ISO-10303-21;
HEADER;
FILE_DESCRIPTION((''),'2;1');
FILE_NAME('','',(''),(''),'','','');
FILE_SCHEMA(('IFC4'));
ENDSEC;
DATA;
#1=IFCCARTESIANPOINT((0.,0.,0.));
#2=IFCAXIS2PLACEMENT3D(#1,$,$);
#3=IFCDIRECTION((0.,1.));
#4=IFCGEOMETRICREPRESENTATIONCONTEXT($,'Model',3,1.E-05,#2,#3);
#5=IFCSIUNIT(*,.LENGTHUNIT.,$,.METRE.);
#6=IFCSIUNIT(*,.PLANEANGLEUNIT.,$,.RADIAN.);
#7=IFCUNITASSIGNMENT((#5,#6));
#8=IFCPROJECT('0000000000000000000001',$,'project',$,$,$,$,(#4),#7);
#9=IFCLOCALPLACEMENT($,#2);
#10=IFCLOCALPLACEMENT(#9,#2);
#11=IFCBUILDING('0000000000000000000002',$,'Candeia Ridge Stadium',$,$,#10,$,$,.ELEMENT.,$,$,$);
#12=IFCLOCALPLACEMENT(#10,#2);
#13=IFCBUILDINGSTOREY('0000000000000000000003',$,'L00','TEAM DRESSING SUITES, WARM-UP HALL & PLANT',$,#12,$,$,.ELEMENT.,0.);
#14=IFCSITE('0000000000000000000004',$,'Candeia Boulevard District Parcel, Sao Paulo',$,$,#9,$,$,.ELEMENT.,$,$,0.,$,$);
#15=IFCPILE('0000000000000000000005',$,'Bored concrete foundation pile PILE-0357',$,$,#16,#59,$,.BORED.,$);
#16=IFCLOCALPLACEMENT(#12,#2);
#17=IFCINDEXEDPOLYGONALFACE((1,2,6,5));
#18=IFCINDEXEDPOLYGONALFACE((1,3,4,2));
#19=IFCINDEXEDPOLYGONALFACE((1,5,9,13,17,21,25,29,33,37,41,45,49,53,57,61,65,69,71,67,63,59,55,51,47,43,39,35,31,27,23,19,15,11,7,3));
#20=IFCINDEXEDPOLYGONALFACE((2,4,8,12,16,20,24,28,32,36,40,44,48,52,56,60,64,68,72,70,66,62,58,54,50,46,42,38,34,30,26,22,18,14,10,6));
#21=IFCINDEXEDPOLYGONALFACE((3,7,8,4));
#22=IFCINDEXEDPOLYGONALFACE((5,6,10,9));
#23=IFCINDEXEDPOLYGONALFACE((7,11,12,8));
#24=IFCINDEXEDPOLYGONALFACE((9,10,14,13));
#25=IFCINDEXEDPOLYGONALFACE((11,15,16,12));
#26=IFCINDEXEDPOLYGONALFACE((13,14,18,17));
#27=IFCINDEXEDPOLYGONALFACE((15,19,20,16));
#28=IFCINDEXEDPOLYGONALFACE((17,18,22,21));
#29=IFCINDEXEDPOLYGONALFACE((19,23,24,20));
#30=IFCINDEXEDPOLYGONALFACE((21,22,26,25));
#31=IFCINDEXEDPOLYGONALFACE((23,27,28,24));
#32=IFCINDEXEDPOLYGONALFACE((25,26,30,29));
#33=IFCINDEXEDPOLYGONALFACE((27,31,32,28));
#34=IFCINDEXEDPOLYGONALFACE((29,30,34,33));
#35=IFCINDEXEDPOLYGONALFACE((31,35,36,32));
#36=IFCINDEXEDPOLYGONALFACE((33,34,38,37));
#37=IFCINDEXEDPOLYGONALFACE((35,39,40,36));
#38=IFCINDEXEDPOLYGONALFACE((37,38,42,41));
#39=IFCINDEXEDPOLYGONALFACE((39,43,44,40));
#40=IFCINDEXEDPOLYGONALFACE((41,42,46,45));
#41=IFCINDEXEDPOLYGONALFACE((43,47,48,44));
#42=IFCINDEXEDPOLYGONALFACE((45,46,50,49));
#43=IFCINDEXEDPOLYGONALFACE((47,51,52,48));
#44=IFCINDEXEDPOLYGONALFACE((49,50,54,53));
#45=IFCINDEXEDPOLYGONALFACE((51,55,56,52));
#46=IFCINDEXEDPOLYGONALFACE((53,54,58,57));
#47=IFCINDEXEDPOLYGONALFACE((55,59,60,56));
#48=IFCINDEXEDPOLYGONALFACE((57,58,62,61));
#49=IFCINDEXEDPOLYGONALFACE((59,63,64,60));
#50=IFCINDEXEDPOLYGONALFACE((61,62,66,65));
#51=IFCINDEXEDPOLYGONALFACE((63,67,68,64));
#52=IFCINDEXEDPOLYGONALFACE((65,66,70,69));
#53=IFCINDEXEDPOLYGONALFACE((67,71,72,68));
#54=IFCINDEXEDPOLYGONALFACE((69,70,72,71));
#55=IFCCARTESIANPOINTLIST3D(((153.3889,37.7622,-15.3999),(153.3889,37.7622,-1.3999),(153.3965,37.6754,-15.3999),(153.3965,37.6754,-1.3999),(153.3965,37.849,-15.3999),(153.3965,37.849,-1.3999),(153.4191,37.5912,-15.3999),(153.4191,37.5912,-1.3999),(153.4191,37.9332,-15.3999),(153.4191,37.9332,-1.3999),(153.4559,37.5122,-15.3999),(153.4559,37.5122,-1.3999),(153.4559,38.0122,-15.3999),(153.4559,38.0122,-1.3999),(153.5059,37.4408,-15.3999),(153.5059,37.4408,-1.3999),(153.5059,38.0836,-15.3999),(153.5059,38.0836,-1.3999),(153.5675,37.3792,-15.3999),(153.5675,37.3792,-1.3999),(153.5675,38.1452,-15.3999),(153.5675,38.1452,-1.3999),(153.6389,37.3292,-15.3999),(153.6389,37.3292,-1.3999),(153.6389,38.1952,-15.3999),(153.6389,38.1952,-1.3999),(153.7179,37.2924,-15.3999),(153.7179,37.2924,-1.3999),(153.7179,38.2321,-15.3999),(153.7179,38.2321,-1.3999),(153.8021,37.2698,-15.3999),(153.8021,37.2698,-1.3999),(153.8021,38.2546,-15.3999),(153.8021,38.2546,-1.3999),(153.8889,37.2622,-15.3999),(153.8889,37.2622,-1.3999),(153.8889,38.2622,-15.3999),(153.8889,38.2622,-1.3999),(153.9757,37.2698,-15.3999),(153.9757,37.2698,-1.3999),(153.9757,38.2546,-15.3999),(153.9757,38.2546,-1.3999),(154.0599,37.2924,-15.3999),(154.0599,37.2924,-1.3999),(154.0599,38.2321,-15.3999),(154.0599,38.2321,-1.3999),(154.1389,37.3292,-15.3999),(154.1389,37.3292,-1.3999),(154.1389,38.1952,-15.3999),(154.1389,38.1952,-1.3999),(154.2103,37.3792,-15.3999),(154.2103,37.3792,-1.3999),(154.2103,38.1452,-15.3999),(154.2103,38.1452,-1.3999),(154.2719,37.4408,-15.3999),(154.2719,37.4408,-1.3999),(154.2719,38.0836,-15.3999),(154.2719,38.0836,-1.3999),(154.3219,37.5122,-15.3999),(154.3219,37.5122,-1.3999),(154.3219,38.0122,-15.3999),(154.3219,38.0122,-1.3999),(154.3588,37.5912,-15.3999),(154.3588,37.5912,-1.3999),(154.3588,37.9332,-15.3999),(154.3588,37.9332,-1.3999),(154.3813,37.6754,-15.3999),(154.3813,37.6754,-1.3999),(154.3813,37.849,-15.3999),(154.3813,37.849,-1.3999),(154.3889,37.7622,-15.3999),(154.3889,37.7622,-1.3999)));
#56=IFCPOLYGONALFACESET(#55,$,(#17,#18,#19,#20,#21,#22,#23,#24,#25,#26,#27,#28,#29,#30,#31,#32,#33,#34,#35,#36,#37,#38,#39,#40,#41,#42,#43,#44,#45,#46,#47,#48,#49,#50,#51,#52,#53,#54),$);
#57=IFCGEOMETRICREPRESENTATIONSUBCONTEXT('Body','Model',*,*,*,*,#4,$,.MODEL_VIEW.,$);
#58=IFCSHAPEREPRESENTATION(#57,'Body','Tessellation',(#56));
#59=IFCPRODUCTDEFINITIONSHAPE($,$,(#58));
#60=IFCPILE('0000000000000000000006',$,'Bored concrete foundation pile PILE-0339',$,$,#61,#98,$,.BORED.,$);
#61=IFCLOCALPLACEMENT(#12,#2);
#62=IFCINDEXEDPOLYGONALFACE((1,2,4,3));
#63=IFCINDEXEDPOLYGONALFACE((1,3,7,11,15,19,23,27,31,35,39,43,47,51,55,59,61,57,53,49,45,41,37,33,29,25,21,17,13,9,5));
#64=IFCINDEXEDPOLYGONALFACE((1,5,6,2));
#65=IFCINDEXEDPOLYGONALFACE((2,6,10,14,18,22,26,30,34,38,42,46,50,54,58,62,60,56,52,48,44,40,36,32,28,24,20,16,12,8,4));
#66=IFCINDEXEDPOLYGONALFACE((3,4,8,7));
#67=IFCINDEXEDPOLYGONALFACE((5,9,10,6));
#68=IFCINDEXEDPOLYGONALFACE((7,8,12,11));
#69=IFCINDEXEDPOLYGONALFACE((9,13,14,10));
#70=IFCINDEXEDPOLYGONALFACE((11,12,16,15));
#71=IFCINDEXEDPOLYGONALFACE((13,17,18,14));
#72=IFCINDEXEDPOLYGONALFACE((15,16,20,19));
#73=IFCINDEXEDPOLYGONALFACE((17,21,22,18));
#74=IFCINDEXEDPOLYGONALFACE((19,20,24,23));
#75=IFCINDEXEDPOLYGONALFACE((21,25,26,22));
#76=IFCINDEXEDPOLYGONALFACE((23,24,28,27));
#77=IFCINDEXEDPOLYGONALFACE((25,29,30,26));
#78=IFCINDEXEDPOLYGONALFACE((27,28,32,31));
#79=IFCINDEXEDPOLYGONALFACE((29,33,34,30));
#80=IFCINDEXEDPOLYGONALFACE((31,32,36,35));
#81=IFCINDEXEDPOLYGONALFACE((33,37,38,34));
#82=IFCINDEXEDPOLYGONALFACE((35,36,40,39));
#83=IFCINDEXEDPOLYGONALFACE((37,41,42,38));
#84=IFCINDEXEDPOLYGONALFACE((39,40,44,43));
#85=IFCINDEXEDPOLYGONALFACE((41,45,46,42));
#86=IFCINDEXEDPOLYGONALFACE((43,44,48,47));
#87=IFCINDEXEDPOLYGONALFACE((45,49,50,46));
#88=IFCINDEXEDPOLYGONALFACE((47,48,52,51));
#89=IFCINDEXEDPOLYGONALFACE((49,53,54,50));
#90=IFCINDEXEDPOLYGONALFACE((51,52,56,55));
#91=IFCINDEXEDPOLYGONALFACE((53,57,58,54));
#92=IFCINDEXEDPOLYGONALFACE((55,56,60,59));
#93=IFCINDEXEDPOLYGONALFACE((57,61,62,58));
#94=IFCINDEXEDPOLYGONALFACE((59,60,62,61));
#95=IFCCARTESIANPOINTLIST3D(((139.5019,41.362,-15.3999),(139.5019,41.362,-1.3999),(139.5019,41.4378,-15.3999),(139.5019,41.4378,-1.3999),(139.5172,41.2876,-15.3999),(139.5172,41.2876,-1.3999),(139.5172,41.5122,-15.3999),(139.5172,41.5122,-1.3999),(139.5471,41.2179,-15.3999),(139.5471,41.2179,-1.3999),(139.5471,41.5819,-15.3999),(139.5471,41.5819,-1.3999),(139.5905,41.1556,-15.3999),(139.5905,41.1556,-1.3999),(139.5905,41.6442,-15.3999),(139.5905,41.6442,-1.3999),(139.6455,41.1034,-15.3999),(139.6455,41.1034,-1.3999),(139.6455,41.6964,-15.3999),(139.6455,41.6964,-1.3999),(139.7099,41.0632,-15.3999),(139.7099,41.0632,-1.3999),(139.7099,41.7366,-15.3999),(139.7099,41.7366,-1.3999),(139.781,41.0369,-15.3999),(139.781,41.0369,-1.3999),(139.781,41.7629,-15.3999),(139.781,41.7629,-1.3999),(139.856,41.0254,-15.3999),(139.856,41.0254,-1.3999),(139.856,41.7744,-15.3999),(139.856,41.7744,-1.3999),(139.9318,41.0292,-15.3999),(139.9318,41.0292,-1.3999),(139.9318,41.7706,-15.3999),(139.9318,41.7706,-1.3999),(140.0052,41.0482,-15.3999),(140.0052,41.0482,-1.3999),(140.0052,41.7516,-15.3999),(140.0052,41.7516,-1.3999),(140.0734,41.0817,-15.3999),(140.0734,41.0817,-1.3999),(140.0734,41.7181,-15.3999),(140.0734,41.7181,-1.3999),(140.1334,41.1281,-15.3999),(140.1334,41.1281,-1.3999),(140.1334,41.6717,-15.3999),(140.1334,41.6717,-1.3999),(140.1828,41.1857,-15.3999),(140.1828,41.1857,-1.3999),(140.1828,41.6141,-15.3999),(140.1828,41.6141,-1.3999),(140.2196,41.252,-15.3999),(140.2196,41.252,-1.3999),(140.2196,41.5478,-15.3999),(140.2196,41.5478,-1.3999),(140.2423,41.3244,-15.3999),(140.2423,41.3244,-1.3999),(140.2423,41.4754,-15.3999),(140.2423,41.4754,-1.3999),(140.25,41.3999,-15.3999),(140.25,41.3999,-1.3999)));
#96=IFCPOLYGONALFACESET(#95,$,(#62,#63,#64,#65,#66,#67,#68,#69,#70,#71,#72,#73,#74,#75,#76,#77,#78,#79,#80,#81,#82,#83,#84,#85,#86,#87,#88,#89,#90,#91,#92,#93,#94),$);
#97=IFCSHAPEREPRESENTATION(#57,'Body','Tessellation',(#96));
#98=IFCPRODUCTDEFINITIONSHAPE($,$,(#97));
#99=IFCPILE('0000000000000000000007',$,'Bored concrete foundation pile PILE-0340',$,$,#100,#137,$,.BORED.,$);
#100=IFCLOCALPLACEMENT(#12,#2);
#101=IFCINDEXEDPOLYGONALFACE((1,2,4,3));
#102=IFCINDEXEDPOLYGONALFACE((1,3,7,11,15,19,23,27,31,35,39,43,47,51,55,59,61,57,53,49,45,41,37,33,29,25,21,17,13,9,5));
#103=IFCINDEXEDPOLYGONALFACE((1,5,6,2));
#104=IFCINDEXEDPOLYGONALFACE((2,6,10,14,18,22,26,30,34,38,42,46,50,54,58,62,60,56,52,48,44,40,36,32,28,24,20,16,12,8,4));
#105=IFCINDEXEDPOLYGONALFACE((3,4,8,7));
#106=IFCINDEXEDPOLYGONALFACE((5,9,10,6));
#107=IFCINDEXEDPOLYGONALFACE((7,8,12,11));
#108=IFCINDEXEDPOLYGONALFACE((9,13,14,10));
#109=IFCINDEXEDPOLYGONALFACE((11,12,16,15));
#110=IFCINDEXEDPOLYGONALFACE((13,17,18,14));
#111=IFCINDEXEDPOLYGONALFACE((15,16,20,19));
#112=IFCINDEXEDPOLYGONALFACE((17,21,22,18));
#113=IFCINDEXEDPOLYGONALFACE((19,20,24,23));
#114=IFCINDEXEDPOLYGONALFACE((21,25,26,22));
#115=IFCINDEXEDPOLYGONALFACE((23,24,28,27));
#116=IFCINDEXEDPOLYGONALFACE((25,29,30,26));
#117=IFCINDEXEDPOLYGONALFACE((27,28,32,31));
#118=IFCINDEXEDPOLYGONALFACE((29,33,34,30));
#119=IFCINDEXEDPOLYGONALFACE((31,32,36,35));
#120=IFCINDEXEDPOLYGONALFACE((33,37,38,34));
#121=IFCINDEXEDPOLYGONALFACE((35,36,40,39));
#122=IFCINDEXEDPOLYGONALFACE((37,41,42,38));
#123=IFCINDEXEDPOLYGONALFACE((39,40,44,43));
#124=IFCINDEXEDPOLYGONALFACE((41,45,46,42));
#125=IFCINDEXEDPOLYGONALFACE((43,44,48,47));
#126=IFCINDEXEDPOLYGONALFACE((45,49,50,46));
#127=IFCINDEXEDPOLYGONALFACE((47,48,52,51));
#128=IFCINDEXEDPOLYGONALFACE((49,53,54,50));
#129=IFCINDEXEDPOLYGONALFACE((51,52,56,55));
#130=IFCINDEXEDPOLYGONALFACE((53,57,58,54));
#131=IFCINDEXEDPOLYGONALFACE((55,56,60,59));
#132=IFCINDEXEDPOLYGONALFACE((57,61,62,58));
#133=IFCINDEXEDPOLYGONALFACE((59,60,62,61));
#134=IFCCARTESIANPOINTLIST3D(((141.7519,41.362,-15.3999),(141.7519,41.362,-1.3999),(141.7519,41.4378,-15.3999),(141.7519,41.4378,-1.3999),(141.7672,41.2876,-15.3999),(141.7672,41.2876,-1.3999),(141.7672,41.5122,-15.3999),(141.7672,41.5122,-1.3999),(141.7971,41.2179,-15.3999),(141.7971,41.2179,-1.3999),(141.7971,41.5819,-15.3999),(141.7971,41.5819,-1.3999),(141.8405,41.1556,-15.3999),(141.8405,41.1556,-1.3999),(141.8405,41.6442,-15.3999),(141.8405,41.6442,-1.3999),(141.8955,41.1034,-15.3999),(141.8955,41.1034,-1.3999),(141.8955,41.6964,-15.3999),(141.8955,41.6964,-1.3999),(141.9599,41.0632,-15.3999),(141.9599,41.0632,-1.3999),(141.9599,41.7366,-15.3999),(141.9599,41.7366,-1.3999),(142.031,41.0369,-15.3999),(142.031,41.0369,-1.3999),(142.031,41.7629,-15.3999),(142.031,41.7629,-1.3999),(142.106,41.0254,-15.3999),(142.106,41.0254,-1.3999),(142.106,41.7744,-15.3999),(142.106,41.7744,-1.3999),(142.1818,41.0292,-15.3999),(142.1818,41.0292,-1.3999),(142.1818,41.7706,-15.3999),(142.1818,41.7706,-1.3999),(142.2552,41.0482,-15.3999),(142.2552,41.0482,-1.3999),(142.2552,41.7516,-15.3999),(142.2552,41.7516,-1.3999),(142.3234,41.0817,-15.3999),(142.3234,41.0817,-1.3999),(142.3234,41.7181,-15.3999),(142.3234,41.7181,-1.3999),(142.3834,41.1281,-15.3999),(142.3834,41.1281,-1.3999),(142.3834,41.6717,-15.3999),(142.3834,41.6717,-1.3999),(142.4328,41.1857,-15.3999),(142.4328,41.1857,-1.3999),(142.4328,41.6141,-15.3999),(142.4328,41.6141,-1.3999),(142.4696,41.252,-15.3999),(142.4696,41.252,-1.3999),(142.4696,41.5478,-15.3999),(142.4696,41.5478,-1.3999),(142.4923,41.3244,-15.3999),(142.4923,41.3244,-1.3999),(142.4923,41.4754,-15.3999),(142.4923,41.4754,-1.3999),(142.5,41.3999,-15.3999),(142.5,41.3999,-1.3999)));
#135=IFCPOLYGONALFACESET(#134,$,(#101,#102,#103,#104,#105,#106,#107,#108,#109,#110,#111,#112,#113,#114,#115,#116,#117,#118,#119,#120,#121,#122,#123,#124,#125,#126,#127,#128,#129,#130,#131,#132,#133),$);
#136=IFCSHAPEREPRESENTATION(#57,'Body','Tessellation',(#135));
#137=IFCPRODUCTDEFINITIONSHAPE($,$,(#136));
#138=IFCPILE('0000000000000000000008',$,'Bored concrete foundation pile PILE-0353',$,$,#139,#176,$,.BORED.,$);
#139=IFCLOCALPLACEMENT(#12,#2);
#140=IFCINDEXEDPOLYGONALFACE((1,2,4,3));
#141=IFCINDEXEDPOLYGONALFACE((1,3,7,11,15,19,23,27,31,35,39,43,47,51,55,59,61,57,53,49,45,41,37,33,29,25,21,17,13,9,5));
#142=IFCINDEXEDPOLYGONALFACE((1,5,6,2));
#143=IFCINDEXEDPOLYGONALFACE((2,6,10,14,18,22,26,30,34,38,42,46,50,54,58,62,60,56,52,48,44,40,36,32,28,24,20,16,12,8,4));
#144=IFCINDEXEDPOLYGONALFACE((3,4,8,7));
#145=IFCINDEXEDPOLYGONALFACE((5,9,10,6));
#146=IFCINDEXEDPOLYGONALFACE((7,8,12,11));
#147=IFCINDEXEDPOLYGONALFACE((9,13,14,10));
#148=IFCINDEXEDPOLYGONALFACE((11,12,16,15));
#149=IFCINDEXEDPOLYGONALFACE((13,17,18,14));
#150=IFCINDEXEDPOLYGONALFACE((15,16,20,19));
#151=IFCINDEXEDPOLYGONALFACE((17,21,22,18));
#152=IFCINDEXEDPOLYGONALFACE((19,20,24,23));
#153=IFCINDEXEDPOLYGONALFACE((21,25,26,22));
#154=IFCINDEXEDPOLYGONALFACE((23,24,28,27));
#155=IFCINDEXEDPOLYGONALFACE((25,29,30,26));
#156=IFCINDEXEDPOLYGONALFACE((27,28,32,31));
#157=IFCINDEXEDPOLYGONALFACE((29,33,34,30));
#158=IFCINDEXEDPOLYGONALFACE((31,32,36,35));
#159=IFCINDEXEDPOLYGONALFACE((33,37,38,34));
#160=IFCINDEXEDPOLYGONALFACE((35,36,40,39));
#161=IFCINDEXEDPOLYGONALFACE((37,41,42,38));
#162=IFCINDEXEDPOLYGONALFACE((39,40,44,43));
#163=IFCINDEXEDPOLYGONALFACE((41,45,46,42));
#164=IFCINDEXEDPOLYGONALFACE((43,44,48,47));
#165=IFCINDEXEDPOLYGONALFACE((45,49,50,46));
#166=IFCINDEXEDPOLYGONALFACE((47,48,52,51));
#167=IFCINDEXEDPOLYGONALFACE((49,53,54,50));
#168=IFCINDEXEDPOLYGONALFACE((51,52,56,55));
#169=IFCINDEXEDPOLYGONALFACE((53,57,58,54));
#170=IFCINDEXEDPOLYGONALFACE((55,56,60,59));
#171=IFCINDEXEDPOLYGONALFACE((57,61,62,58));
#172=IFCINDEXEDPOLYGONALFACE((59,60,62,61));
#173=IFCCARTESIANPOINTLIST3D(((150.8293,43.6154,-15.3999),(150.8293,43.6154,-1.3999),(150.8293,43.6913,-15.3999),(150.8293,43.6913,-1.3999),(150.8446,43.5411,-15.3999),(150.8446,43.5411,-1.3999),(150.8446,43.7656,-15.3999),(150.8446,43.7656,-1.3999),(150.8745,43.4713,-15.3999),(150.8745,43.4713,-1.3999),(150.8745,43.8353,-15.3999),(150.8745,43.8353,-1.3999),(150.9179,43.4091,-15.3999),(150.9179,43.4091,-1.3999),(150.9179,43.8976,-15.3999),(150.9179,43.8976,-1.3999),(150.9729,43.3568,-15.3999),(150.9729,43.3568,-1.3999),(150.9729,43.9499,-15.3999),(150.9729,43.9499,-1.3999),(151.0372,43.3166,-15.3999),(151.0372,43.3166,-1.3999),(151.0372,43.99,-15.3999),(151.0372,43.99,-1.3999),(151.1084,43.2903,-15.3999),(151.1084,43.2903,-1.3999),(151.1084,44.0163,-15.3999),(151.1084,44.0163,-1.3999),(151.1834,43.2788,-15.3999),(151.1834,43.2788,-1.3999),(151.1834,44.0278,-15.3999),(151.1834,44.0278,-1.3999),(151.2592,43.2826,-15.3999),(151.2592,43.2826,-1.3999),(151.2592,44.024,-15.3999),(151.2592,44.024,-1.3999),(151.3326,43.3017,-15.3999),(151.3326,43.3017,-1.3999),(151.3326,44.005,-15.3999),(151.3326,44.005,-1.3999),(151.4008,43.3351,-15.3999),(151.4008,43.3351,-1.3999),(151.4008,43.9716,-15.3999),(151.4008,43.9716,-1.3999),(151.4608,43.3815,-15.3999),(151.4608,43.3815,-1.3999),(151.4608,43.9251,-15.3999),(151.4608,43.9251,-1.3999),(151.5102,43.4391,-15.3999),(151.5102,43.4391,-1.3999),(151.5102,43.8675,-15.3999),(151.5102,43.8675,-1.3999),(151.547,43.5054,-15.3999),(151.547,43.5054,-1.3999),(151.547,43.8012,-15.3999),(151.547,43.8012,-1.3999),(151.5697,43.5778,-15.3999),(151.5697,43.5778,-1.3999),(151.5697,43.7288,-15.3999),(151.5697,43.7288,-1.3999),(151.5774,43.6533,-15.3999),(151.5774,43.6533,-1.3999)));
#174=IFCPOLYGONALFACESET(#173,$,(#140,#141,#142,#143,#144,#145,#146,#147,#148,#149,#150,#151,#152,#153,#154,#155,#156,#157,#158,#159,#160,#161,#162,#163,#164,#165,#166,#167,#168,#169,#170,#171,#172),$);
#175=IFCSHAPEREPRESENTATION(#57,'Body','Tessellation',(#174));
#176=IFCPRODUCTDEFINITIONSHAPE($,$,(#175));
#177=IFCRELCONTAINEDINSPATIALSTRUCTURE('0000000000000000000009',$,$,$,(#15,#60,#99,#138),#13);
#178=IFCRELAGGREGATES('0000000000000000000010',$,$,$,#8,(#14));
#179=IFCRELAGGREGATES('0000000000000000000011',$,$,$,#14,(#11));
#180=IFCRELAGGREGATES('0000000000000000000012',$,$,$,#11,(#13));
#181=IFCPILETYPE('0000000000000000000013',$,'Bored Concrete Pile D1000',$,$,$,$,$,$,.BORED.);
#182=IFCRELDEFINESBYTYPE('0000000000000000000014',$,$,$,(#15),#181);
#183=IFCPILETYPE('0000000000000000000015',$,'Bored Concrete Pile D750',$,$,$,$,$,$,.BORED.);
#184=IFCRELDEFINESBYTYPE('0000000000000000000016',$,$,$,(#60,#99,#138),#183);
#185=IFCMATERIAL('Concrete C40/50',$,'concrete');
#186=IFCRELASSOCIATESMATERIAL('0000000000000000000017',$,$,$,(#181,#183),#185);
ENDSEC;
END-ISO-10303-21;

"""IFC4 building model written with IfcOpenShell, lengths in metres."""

from ifc_helpers import new_model, si_unit, direction, frame, origin, origin_2d, place, context, subcontext, project, spatial, circle, extrude, material, material_profile, profile_set, type_object, element, save


model = new_model("IFC4")

# Units and contexts
model_context = context("Model", 3, precision=1e-05, world=origin(), true_north=direction((0.0, 1.0)))
body_context = subcontext(model_context, "Body", "Model", "MODEL_VIEW")
ifc_project = project(units=[si_unit("LENGTHUNIT", "METRE"), si_unit("PLANEANGLEUNIT", "RADIAN")], contexts=[model_context])

# Site, building, storey
site_placement = place(None, origin())
site = spatial("IfcSite", under=ifc_project, at=site_placement, Name="Candeia Boulevard District Parcel, Sao Paulo", CompositionType="ELEMENT", RefElevation=0.0)
building_placement = place(site_placement, origin())
building = spatial("IfcBuilding", under=site, at=building_placement, Name="Candeia Ridge Stadium", CompositionType="ELEMENT")
storey_placement = place(building_placement, origin())
storey = spatial("IfcBuildingStorey", under=building, at=storey_placement, Name="L00", Description="TEAM DRESSING SUITES, WARM-UP HALL & PLANT", CompositionType="ELEMENT", Elevation=0.0)

# Piles
ifc_material_1 = material(Name="Concrete C40/50", Category="concrete")
ifc_material_profile_1 = material_profile(ifc_material_1, circle(Radius=0.5, at=origin_2d()), Name="PILE-D1000", Category="concrete")
ifc_profile_set_1 = profile_set([ifc_material_profile_1], Name="Concrete C40/50")
pile_type_1 = type_object("IfcPileType", Name="Bored Concrete Pile D1000", PredefinedType="BORED", material=ifc_profile_set_1)
pile_placement = place(storey_placement, frame((153.8889, 37.7622, -1.3999), z_axis=(0.0, 0.0, -1.0), x_axis=(1.0, 0.0, 0.0)))
element("IfcPile", 1, at=pile_placement, inside=storey, type_object=pile_type_1, Name="Bored concrete foundation pile PILE-0357", PredefinedType="BORED", context=body_context, shape_type="SweptSolid", body=[
    extrude(circle(Radius=0.5, at=origin_2d()), origin(), (0.0, 0.0, 1.0), 14.0),
])
ifc_material_profile_2 = material_profile(ifc_material_1, circle(Radius=0.375, at=origin_2d()), Name="PILE-D750", Category="concrete")
ifc_profile_set_2 = profile_set([ifc_material_profile_2], Name="Concrete C40/50")
pile_type_2 = type_object("IfcPileType", Name="Bored Concrete Pile D750", PredefinedType="BORED", material=ifc_profile_set_2)
for number, where, z_axis, x_axis, name in (
    (2, (139.875, 41.3999, -1.3999), (0.0, 0.0, -1.0), (1.0, 0.0, 0.0), "Bored concrete foundation pile PILE-0339"),
    (3, (142.125, 41.3999, -1.3999), (0.0, 0.0, -1.0), (1.0, 0.0, 0.0), "Bored concrete foundation pile PILE-0340"),
    (4, (151.2024, 43.6533, -1.3999), (0.0, 0.0, -1.0), (1.0, 0.0, 0.0), "Bored concrete foundation pile PILE-0353"),
):
    element("IfcPile", number, at=place(storey_placement, frame(where, z_axis=z_axis, x_axis=x_axis)), inside=storey, type_object=pile_type_2, Name=name, PredefinedType="BORED", context=body_context, shape_type="SweptSolid", body=[
        extrude(circle(Radius=0.375, at=origin_2d()), origin(), (0.0, 0.0, 1.0), 14.0),
    ])

save(model, "model.ifc")
